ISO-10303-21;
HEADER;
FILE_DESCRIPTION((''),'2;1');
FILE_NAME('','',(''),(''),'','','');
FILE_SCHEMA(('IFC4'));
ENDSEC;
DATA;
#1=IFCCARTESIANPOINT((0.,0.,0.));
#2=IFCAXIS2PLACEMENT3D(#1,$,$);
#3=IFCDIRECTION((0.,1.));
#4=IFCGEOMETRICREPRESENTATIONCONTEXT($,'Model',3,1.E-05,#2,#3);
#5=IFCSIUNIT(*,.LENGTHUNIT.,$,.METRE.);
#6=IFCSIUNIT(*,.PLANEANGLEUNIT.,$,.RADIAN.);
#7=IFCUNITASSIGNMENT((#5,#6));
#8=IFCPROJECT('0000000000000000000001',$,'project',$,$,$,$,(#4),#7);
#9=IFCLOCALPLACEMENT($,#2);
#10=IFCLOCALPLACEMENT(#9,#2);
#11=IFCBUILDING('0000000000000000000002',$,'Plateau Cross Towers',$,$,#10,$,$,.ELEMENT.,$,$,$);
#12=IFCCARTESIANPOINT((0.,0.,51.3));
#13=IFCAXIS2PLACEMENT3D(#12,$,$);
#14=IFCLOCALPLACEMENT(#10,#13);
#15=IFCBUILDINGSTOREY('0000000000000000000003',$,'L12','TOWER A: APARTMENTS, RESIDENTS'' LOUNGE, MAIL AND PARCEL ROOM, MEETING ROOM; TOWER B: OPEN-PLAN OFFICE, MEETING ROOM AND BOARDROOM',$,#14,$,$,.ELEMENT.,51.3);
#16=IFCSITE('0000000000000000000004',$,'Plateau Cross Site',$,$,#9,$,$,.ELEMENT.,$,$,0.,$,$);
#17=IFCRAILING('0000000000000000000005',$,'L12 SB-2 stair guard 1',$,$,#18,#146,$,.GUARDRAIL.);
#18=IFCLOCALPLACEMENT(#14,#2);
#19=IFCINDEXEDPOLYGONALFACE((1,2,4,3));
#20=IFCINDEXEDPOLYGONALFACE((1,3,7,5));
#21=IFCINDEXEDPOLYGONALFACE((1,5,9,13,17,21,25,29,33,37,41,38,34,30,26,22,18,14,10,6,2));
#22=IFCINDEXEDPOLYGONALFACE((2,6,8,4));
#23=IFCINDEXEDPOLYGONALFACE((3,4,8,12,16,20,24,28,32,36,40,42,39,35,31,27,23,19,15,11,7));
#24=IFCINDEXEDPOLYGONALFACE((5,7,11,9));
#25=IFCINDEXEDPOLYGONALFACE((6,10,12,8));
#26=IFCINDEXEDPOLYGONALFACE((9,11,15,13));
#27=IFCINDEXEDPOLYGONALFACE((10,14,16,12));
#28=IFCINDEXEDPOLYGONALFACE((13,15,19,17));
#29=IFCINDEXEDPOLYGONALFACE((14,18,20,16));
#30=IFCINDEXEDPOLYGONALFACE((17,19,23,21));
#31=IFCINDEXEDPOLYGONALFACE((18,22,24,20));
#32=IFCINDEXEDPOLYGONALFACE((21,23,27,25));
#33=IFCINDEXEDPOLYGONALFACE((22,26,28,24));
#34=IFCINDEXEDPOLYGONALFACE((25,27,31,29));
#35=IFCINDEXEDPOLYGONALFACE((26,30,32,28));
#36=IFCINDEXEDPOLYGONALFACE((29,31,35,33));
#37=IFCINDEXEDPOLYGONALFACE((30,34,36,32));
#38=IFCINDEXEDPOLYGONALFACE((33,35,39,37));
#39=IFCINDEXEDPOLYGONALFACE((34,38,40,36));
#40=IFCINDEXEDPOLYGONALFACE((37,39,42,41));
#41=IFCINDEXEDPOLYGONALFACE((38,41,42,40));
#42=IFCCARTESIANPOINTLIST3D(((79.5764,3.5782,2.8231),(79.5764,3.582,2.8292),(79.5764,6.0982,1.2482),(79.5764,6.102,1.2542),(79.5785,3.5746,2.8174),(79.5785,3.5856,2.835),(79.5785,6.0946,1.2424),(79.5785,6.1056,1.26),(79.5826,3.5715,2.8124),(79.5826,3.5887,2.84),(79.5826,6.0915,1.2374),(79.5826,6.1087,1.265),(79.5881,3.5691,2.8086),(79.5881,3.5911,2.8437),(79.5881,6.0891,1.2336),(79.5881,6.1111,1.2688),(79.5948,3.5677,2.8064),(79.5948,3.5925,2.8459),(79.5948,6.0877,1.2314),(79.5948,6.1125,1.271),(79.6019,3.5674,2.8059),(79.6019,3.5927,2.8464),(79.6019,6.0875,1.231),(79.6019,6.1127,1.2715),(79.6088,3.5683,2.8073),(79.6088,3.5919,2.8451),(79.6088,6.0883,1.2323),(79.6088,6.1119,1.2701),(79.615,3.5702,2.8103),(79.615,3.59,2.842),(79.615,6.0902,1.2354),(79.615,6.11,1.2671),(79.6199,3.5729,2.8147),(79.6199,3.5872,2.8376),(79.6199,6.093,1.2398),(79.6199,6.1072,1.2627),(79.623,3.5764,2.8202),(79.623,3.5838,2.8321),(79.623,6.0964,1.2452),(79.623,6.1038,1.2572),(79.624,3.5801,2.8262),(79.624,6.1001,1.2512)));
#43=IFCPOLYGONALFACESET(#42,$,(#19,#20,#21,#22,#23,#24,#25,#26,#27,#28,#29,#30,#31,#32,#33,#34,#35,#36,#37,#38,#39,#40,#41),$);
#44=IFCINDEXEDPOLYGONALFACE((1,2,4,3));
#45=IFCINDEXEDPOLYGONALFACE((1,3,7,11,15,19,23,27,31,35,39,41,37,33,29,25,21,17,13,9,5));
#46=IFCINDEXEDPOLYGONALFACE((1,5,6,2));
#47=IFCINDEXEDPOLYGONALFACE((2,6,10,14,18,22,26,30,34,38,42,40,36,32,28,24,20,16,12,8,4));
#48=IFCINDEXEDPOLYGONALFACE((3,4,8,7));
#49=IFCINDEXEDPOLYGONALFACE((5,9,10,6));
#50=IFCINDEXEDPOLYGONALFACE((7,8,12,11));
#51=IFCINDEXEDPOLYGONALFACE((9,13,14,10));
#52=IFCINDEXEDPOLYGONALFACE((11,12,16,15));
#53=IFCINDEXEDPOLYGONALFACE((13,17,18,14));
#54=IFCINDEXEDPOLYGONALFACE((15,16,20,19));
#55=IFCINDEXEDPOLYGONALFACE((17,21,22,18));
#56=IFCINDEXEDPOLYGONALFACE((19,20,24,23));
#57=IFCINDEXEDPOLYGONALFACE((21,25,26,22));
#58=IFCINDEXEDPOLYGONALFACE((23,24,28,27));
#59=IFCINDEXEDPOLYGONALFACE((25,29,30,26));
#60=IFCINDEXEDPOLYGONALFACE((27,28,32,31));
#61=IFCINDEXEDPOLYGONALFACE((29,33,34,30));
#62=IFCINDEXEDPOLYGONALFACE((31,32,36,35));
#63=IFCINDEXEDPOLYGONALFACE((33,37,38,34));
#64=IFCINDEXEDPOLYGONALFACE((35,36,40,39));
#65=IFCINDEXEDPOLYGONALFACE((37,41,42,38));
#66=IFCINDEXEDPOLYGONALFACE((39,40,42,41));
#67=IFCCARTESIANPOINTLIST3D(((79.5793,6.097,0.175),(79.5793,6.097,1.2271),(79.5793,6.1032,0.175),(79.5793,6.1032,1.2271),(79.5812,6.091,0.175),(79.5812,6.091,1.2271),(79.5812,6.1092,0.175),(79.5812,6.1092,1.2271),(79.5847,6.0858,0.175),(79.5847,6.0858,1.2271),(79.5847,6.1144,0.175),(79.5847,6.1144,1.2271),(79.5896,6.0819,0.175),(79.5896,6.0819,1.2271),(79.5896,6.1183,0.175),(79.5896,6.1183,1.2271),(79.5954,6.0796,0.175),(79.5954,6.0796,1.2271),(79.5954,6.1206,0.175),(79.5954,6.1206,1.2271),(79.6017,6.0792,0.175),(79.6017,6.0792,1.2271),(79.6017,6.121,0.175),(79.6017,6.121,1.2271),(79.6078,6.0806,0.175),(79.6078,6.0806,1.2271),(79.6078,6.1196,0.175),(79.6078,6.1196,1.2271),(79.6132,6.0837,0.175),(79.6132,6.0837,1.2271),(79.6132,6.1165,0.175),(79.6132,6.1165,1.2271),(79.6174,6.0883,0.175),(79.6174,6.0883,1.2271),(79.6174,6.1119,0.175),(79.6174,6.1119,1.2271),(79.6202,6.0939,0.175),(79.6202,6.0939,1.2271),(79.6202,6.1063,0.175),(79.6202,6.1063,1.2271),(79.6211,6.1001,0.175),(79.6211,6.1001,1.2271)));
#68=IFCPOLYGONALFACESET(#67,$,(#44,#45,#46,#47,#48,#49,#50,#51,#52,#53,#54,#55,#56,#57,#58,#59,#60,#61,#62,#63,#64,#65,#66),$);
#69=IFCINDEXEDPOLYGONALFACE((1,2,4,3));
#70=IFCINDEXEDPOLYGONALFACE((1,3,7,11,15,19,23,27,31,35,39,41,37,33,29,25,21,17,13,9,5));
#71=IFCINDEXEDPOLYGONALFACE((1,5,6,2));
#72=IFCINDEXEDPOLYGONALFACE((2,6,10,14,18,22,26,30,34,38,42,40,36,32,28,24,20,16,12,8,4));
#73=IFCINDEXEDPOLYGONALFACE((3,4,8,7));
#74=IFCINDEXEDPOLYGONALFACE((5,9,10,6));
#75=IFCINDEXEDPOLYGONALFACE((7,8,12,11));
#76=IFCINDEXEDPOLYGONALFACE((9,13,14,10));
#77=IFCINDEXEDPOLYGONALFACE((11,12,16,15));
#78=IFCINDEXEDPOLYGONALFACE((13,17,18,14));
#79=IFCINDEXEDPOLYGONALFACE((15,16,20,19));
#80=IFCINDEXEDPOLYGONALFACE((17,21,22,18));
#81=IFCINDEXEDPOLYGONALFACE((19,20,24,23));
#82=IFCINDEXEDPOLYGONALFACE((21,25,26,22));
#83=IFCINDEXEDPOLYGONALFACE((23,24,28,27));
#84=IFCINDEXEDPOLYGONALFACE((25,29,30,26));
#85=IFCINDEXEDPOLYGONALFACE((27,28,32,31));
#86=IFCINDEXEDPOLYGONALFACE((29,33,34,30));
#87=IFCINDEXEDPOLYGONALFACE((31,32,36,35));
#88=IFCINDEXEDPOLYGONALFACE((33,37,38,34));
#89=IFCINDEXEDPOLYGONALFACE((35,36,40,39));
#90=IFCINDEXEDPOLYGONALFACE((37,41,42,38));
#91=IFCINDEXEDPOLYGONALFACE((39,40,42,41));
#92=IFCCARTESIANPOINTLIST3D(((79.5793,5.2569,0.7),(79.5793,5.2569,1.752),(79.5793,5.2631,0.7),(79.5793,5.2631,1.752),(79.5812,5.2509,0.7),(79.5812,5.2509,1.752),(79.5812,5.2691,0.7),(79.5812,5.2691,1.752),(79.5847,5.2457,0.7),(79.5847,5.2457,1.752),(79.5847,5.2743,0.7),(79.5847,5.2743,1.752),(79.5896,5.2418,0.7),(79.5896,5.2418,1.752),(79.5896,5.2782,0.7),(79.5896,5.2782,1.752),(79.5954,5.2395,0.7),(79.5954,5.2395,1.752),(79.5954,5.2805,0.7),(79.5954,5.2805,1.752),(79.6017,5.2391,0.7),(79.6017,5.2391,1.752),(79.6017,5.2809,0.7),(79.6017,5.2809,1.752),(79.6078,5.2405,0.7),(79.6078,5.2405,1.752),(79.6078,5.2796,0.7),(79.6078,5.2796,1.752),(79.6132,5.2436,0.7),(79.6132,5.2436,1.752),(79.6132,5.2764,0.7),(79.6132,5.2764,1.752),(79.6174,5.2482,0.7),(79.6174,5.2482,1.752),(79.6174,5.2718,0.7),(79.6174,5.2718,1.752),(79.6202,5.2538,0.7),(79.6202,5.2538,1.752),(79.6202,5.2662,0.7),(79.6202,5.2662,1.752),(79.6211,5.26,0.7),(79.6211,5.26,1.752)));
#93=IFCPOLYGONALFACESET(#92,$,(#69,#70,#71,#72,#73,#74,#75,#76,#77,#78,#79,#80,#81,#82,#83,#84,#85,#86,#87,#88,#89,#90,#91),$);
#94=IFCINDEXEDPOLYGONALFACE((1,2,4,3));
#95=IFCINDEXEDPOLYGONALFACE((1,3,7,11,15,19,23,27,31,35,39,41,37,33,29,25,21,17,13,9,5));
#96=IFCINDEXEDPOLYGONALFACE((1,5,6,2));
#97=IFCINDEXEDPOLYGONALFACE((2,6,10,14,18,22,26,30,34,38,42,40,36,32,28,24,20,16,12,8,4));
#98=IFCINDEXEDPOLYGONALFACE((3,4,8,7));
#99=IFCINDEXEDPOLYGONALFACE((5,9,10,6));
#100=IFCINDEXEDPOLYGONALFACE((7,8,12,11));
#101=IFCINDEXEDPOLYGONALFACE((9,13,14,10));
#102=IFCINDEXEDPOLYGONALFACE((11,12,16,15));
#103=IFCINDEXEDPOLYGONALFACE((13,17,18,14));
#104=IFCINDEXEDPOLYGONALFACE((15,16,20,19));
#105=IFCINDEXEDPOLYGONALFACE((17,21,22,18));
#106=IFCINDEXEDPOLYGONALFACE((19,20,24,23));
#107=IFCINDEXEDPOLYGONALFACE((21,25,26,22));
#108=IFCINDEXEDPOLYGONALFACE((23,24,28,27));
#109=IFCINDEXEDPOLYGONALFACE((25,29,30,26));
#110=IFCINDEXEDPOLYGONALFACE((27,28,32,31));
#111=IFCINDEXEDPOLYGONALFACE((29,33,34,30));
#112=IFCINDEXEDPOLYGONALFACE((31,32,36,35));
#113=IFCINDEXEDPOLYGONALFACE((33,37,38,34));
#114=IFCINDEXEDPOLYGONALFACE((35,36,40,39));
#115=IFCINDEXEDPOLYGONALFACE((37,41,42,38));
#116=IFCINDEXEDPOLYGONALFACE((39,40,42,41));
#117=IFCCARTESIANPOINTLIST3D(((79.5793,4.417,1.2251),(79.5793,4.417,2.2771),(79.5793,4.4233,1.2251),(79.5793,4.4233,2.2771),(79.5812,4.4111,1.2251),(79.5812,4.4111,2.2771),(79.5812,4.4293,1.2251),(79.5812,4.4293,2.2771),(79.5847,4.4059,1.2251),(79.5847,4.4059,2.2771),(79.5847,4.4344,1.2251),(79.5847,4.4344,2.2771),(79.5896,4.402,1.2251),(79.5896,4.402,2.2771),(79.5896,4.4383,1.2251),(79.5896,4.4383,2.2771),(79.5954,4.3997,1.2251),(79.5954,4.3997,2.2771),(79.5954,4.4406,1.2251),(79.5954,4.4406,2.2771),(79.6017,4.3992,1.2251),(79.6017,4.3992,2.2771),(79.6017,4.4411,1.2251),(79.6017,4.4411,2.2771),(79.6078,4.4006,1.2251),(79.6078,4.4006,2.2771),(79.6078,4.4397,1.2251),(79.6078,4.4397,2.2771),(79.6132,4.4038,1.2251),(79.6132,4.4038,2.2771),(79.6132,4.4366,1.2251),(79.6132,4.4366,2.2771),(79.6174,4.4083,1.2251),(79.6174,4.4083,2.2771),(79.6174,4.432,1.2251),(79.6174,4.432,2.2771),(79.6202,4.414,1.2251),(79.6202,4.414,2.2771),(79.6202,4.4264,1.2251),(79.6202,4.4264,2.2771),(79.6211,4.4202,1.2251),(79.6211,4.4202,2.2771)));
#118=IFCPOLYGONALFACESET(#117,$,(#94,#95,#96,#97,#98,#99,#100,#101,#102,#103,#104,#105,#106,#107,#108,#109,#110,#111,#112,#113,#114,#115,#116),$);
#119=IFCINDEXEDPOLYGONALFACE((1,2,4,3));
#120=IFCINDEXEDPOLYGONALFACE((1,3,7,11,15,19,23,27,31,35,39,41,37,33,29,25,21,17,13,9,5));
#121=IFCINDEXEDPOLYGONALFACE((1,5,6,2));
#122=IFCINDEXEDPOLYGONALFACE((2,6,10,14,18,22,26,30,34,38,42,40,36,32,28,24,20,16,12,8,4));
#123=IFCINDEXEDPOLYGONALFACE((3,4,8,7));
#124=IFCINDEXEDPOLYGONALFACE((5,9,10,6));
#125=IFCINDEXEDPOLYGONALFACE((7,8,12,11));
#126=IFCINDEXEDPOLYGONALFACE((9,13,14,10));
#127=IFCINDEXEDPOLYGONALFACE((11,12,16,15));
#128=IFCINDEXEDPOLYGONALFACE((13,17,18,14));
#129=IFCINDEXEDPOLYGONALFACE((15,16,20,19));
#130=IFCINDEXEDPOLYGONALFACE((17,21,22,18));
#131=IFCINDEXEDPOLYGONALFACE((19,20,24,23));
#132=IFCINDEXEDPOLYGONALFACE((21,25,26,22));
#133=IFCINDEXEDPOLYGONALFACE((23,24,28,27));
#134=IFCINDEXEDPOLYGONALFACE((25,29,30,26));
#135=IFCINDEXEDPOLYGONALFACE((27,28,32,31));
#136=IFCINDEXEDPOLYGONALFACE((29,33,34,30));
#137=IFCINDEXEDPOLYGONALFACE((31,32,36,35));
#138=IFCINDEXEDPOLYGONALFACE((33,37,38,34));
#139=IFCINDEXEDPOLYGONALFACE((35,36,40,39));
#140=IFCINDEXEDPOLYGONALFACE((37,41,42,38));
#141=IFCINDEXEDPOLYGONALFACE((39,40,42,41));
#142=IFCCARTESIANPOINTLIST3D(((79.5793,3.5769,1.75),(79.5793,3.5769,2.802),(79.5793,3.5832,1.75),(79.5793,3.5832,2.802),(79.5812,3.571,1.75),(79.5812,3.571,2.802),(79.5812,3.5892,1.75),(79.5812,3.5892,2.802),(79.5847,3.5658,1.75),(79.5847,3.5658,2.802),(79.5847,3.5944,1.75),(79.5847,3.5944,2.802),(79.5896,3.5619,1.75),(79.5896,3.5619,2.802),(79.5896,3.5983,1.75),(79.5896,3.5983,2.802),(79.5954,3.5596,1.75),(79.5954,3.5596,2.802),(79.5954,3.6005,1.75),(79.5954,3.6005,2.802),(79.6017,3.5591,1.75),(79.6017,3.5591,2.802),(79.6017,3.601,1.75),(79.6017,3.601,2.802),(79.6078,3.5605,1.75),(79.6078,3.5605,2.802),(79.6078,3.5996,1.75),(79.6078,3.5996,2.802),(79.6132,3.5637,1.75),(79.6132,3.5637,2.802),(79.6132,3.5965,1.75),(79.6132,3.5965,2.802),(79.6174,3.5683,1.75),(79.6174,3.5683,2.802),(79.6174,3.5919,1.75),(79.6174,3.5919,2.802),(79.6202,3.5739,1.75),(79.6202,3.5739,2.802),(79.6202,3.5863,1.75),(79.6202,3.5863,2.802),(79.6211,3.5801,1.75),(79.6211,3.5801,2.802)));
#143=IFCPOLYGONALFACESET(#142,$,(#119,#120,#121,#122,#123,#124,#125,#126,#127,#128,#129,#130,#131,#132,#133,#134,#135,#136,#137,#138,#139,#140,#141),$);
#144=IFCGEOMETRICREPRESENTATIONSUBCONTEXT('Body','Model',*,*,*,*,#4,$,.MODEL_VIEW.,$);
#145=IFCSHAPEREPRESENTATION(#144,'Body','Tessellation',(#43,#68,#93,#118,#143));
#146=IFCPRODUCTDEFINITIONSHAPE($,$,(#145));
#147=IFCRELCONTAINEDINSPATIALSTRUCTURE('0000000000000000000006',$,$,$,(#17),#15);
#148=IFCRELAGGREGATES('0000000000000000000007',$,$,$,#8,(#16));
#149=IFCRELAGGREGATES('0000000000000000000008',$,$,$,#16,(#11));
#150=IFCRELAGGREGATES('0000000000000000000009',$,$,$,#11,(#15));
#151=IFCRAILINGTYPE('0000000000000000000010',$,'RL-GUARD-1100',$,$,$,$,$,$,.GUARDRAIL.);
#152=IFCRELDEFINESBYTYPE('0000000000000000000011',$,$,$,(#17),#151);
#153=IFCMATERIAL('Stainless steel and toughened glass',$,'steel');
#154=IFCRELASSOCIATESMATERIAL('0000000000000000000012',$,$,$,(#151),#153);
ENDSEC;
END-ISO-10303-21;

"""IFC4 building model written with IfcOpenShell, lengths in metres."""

from ifc_helpers import new_model, si_unit, direction, frame, origin, origin_2d, place, context, subcontext, project, spatial, circle, extrude, material, type_object, element, save


model = new_model("IFC4")

# Units and contexts
model_context = context("Model", 3, precision=1e-05, world=origin(), true_north=direction((0.0, 1.0)))
body_context = subcontext(model_context, "Body", "Model", "MODEL_VIEW")
ifc_project = project(units=[si_unit("LENGTHUNIT", "METRE"), si_unit("PLANEANGLEUNIT", "RADIAN")], contexts=[model_context])

# Site, building, storey
site_placement = place(None, origin())
site = spatial("IfcSite", under=ifc_project, at=site_placement, Name="Plateau Cross Site", CompositionType="ELEMENT", RefElevation=0.0)
building_placement = place(site_placement, origin())
building = spatial("IfcBuilding", under=site, at=building_placement, Name="Plateau Cross Towers", CompositionType="ELEMENT")
storey_placement = place(building_placement, frame((0.0, 0.0, 51.3)))
storey = spatial("IfcBuildingStorey", under=building, at=storey_placement, Name="L12", Description="TOWER A: APARTMENTS, RESIDENTS' LOUNGE, MAIL AND PARCEL ROOM, MEETING ROOM; TOWER B: OPEN-PLAN OFFICE, MEETING ROOM AND BOARDROOM", CompositionType="ELEMENT", Elevation=51.3)

# Railing
ifc_material_1 = material(Name="Stainless steel and toughened glass", Category="steel")
railing_type_1 = type_object("IfcRailingType", Name="RL-GUARD-1100", PredefinedType="GUARDRAIL", material=ifc_material_1)
railing_1_placement = place(storey_placement, frame((79.6001, 6.1001, 0.175)))
element("IfcRailing", 1, at=railing_1_placement, inside=storey, type_object=railing_type_1, Name="L12 SB-2 stair guard 1", PredefinedType="GUARDRAIL", context=body_context, shape_type="SweptSolid", body=[
    extrude(circle(Radius=0.0239, at=origin_2d()), frame((0.0, 0.0, 1.0762), z_axis=(0.0, -0.848008, 0.529984), x_axis=(1.0, 0.0, 0.0)), (0.0, 0.0, 1.0), 2.9717),
    extrude(circle(Radius=0.021, at=origin_2d()), origin(), (0.0, 0.0, 1.0), 1.052),
    extrude(circle(Radius=0.021, at=origin_2d()), frame((0.0, -0.8401, 0.5249)), (0.0, 0.0, 1.0), 1.052),
    extrude(circle(Radius=0.021, at=origin_2d()), frame((0.0, -1.6799, 1.05)), (0.0, 0.0, 1.0), 1.052),
    extrude(circle(Radius=0.021, at=origin_2d()), frame((0.0, -2.52, 1.575)), (0.0, 0.0, 1.0), 1.052),
])

save(model, "model.ifc")
